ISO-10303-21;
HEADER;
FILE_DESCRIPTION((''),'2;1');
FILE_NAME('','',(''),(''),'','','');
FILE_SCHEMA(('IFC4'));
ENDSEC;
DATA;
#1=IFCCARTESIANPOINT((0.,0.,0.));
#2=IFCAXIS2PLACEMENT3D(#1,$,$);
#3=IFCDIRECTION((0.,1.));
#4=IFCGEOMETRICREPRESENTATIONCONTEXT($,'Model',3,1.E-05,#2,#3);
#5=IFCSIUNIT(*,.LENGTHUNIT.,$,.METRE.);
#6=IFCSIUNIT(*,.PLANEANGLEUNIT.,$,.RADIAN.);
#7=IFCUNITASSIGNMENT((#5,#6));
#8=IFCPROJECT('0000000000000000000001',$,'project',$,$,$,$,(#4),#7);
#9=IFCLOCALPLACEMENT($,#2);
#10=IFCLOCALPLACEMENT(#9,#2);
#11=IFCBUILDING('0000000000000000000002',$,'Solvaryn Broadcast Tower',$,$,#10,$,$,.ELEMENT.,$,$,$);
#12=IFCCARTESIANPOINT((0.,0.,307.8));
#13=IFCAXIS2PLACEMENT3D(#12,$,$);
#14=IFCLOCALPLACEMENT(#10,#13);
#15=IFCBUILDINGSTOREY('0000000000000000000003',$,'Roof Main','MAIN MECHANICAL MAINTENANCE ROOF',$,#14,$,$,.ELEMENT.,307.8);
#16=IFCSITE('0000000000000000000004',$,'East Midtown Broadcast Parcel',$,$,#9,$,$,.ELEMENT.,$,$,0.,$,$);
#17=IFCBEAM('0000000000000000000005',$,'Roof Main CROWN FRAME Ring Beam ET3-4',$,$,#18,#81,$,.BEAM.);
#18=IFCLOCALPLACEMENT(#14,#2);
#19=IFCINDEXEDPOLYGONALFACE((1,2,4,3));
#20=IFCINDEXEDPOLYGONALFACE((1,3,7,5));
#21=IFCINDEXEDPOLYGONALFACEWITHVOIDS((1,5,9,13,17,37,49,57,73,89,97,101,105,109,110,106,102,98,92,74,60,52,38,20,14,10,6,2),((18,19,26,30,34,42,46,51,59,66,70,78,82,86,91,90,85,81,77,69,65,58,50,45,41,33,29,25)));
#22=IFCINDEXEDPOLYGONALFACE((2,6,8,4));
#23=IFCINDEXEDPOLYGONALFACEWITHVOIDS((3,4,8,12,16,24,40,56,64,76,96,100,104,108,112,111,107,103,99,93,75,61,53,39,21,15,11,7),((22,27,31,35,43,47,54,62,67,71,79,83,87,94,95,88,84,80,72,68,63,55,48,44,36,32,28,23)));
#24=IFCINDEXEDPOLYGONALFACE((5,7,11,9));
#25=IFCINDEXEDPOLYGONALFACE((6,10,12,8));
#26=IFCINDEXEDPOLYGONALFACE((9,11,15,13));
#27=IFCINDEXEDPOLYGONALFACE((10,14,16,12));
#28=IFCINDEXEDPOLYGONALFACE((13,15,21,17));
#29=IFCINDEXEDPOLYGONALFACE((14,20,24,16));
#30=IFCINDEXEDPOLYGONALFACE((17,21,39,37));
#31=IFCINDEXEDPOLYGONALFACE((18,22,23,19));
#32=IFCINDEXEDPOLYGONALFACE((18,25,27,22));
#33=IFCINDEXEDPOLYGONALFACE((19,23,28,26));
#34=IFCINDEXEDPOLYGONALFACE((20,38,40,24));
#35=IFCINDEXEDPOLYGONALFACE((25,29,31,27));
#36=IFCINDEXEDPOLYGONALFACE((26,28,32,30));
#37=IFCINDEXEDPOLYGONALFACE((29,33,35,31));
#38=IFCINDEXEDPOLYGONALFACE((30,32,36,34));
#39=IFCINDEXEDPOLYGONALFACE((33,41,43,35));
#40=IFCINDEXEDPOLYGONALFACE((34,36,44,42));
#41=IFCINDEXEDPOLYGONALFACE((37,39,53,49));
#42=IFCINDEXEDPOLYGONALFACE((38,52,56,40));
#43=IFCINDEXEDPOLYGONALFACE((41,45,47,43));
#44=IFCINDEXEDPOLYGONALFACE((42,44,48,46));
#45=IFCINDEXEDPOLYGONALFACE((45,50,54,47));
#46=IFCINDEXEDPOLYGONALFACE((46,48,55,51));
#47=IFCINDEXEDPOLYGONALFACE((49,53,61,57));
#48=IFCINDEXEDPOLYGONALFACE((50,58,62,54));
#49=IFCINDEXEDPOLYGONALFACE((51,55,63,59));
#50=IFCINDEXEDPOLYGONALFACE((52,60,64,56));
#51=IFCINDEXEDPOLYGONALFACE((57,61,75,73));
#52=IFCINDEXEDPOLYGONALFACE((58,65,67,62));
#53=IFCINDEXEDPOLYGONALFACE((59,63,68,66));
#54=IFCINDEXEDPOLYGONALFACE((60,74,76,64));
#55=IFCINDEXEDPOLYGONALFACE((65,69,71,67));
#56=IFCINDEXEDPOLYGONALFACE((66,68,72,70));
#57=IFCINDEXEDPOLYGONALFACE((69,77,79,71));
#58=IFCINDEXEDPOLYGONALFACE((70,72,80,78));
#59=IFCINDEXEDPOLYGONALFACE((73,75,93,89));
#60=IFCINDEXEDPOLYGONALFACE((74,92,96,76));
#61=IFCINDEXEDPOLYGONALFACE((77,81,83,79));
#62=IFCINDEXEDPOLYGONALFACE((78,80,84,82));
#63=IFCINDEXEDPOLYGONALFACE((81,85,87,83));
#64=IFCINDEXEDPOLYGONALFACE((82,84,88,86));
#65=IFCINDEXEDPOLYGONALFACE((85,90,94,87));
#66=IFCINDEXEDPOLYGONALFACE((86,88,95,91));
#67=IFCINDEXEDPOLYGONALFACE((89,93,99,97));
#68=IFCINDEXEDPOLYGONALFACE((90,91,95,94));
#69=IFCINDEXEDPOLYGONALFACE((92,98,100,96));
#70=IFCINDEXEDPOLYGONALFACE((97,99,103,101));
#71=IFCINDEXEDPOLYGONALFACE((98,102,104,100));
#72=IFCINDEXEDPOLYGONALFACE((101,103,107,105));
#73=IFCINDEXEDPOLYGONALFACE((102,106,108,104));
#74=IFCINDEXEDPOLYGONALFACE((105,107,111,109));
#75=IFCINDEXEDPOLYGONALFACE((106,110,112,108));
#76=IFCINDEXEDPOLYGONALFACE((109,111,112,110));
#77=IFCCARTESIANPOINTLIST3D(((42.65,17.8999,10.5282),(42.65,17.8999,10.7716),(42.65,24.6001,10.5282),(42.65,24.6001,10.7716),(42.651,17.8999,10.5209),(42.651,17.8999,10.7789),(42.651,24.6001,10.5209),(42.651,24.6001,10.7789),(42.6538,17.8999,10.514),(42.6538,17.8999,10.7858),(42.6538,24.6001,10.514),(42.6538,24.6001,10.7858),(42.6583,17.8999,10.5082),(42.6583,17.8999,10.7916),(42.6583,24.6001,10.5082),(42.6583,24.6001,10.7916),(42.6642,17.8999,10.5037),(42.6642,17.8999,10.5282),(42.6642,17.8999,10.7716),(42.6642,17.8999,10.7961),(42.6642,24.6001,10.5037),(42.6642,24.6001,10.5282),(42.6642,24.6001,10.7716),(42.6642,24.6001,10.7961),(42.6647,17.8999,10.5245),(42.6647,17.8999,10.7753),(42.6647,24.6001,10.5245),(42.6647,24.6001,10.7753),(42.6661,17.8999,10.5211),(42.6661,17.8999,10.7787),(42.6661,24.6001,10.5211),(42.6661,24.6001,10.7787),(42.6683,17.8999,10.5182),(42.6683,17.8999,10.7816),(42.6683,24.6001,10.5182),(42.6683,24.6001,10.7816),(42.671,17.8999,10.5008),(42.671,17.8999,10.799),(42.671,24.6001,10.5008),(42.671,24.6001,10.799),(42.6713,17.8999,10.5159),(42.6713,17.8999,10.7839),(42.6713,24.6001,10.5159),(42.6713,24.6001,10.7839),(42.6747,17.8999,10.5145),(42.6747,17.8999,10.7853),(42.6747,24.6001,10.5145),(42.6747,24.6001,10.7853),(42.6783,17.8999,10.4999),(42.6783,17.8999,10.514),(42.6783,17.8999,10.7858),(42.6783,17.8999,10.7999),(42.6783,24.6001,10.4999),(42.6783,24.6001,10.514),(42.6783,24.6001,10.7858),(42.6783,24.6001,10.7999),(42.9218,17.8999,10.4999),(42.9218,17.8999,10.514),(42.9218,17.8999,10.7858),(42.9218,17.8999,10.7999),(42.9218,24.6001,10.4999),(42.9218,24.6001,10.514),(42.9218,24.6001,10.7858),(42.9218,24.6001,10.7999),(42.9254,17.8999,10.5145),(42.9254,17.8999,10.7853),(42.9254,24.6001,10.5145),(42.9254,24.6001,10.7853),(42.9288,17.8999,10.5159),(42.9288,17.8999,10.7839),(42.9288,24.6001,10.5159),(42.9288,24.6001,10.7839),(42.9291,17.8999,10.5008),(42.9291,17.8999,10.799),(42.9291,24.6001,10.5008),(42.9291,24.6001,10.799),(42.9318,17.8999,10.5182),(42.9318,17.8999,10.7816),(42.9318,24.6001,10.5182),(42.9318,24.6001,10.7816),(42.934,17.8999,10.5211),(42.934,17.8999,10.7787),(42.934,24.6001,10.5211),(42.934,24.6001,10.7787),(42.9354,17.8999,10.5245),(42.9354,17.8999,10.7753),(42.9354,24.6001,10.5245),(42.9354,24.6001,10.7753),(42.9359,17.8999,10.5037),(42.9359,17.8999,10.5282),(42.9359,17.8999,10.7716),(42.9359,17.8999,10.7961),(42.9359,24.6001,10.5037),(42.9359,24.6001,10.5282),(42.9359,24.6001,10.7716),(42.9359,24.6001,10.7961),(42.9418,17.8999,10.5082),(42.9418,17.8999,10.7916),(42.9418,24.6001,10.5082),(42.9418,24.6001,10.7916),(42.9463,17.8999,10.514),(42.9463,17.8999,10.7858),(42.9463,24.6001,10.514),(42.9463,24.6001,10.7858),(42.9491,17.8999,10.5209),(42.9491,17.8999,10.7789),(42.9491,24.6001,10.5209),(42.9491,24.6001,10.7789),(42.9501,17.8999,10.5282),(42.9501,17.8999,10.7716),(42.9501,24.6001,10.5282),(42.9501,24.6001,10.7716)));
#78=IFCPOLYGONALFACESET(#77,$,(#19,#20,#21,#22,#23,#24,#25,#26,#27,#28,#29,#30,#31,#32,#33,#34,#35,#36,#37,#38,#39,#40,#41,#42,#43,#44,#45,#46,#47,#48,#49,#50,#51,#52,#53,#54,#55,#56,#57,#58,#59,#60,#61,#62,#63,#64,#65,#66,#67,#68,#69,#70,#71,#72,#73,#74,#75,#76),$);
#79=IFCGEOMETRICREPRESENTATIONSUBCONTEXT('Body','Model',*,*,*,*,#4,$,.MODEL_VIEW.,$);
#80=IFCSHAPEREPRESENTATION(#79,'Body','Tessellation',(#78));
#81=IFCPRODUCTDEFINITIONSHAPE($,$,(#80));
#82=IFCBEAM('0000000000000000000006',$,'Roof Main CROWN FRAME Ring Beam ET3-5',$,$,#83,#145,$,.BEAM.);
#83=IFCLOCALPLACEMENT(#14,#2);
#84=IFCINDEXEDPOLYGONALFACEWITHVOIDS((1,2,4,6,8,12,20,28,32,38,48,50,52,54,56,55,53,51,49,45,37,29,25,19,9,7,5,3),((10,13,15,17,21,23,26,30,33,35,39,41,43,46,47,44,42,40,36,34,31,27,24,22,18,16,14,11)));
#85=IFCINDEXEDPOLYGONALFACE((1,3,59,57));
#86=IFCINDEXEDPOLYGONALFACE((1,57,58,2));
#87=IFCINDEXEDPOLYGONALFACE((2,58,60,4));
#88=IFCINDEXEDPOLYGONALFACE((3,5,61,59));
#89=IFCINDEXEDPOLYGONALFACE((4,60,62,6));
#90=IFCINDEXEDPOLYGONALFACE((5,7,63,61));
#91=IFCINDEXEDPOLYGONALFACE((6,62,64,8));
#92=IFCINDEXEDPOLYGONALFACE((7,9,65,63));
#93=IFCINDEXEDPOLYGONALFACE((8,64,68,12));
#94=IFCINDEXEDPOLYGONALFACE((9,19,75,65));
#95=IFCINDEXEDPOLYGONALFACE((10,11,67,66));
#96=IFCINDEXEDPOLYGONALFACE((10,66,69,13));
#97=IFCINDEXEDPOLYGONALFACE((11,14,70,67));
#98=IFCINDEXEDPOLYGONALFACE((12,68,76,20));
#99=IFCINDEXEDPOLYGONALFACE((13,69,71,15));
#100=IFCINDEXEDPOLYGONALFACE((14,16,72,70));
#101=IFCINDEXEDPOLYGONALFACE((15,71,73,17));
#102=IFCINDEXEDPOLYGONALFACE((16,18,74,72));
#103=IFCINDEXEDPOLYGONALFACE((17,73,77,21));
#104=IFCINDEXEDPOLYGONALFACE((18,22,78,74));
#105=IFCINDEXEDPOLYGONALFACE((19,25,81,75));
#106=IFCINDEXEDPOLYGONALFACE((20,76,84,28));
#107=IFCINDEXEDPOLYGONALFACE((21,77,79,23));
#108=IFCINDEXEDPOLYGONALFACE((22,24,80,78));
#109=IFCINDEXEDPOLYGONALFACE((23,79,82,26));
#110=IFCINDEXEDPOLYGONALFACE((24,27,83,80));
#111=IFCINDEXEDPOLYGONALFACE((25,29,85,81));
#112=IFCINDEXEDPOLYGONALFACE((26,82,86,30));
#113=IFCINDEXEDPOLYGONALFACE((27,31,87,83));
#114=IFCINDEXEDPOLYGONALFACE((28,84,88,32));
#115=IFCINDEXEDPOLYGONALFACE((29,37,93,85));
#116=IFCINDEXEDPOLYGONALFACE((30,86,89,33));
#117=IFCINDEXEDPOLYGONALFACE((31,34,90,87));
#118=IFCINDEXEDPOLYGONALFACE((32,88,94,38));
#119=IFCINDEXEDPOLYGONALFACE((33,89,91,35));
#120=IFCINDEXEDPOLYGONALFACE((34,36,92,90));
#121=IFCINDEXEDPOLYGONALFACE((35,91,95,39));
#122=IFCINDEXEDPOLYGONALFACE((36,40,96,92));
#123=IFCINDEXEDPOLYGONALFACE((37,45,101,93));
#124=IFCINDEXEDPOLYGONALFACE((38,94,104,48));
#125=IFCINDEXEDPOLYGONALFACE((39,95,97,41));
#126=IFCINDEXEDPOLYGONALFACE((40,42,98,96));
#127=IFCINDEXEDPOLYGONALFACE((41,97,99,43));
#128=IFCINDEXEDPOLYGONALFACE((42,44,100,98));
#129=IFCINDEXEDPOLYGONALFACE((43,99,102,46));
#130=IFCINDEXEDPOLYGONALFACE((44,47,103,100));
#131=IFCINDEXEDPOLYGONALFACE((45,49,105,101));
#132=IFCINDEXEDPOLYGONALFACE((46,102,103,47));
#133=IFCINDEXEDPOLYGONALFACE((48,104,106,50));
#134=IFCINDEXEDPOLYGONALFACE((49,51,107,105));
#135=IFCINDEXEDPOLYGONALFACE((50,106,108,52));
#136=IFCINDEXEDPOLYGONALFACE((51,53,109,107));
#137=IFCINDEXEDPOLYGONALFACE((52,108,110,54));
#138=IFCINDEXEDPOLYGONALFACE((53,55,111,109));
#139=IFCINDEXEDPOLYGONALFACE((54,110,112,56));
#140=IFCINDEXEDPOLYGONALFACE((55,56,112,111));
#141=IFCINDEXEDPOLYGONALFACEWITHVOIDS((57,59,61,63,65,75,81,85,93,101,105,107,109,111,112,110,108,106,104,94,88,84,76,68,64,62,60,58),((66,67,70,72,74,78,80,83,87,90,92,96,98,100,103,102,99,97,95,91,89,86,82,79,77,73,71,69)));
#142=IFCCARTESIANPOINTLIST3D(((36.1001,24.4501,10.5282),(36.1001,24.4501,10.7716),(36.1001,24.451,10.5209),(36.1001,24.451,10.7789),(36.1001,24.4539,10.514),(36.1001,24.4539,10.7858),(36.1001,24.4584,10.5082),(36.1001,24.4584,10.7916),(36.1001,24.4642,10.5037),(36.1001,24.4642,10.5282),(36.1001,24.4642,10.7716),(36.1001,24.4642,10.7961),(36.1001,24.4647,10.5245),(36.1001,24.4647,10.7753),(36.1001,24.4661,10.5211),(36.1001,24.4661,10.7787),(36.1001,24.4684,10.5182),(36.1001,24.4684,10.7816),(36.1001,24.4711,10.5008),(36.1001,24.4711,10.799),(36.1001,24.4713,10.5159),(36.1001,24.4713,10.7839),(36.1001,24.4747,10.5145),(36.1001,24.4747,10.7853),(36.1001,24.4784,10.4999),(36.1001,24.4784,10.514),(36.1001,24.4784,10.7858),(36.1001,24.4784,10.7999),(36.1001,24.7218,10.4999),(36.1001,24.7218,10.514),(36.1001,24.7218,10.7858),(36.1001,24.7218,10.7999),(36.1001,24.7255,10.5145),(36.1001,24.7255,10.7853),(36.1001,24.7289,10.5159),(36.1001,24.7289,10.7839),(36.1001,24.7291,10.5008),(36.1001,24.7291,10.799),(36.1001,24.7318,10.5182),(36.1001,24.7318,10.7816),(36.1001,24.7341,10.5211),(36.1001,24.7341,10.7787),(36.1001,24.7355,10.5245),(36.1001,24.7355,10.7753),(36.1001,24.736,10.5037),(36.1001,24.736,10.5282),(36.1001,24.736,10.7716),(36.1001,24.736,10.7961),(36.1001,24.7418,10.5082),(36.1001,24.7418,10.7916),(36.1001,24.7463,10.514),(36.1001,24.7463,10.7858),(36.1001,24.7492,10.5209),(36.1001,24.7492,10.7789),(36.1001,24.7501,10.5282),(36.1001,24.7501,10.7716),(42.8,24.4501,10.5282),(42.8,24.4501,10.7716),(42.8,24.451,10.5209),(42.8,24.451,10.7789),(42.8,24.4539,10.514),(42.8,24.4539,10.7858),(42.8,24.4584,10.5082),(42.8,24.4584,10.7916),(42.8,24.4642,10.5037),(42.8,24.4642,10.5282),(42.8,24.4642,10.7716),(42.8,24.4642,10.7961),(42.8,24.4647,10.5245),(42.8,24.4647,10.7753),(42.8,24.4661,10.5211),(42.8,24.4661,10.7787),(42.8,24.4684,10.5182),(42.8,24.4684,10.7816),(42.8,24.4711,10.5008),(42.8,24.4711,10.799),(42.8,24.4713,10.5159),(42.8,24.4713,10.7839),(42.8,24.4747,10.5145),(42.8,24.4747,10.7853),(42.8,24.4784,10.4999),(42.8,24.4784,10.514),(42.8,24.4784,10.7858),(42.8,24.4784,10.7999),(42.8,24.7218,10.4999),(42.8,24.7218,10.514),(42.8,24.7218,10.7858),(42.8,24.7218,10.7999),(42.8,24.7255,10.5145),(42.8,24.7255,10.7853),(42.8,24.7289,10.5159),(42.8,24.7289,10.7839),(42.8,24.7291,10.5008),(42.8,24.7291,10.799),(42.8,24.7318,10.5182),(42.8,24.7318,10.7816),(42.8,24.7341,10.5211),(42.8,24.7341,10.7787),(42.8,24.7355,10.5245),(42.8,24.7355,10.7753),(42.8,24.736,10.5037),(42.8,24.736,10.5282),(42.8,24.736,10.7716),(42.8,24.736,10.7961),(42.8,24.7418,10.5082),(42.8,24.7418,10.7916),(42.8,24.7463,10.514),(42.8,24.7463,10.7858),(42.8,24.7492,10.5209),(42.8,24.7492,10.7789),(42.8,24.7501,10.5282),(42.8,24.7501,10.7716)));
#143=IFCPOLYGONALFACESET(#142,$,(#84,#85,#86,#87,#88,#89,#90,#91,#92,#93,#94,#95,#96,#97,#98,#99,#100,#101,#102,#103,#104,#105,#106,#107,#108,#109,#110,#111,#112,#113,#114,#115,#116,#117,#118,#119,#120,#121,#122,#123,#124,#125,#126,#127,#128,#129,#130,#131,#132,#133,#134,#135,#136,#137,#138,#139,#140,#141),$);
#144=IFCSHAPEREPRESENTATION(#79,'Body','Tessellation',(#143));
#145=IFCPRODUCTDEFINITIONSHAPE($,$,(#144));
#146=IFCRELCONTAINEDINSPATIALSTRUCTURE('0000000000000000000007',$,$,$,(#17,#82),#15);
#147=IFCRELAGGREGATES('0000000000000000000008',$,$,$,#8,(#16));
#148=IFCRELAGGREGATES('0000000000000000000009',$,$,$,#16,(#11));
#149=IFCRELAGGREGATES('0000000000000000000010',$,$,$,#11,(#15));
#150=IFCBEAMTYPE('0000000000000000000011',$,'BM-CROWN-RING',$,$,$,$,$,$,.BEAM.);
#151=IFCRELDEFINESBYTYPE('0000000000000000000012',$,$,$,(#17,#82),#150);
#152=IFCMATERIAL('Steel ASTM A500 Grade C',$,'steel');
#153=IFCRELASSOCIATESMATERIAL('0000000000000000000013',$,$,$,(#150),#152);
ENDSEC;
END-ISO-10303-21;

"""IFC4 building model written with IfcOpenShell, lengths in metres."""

from ifc_helpers import new_model, si_unit, direction, frame, origin, origin_2d, place, context, subcontext, project, spatial, hollow_rectangle, extrude, material, material_profile, profile_set, type_object, element, save


model = new_model("IFC4")

# Units and contexts
model_context = context("Model", 3, precision=1e-05, world=origin(), true_north=direction((0.0, 1.0)))
body_context = subcontext(model_context, "Body", "Model", "MODEL_VIEW")
ifc_project = project(units=[si_unit("LENGTHUNIT", "METRE"), si_unit("PLANEANGLEUNIT", "RADIAN")], contexts=[model_context])

# Site, building, storey
site_placement = place(None, origin())
site = spatial("IfcSite", under=ifc_project, at=site_placement, Name="East Midtown Broadcast Parcel", CompositionType="ELEMENT", RefElevation=0.0)
building_placement = place(site_placement, origin())
building = spatial("IfcBuilding", under=site, at=building_placement, Name="Solvaryn Broadcast Tower", CompositionType="ELEMENT")
storey_placement = place(building_placement, frame((0.0, 0.0, 307.8)))
storey = spatial("IfcBuildingStorey", under=building, at=storey_placement, Name="Roof Main", Description="MAIN MECHANICAL MAINTENANCE ROOF", CompositionType="ELEMENT", Elevation=307.8)

# Beams
ifc_material_1 = material(Name="Steel ASTM A500 Grade C", Category="steel")
ifc_material_profile_1 = material_profile(ifc_material_1, hollow_rectangle(XDim=0.3, YDim=0.3, WallThickness=0.0142, InnerFilletRadius=0.0142, OuterFilletRadius=0.0283, at=origin_2d()))
ifc_profile_set_1 = profile_set([ifc_material_profile_1], Name="Steel ASTM A500 Grade C")
beam_type_1 = type_object("IfcBeamType", Name="BM-CROWN-RING", PredefinedType="BEAM", material=ifc_profile_set_1)
beam_1_placement = place(storey_placement, frame((42.8, 17.8999, 10.6499), z_axis=(0.0, 1.0, 0.0), x_axis=(-1.0, 0.0, 0.0)))
element("IfcBeam", 1, at=beam_1_placement, inside=storey, type_object=beam_type_1, Name="Roof Main CROWN FRAME Ring Beam ET3-4", PredefinedType="BEAM", context=body_context, shape_type="SweptSolid", body=[
    extrude(hollow_rectangle(XDim=0.3, YDim=0.3, WallThickness=0.0142, InnerFilletRadius=0.0142, OuterFilletRadius=0.0283, at=origin_2d()), origin(), (0.0, 0.0, 1.0), 6.7002),
])
beam_2_placement = place(storey_placement, frame((42.8, 24.6001, 10.6499), z_axis=(-1.0, 0.0, 0.0), x_axis=(0.0, -1.0, 0.0)))
element("IfcBeam", 2, at=beam_2_placement, inside=storey, type_object=beam_type_1, Name="Roof Main CROWN FRAME Ring Beam ET3-5", PredefinedType="BEAM", context=body_context, shape_type="SweptSolid", body=[
    extrude(hollow_rectangle(XDim=0.3, YDim=0.3, WallThickness=0.0142, InnerFilletRadius=0.0142, OuterFilletRadius=0.0283, at=origin_2d()), origin(), (0.0, 0.0, 1.0), 6.7),
])

save(model, "model.ifc")
